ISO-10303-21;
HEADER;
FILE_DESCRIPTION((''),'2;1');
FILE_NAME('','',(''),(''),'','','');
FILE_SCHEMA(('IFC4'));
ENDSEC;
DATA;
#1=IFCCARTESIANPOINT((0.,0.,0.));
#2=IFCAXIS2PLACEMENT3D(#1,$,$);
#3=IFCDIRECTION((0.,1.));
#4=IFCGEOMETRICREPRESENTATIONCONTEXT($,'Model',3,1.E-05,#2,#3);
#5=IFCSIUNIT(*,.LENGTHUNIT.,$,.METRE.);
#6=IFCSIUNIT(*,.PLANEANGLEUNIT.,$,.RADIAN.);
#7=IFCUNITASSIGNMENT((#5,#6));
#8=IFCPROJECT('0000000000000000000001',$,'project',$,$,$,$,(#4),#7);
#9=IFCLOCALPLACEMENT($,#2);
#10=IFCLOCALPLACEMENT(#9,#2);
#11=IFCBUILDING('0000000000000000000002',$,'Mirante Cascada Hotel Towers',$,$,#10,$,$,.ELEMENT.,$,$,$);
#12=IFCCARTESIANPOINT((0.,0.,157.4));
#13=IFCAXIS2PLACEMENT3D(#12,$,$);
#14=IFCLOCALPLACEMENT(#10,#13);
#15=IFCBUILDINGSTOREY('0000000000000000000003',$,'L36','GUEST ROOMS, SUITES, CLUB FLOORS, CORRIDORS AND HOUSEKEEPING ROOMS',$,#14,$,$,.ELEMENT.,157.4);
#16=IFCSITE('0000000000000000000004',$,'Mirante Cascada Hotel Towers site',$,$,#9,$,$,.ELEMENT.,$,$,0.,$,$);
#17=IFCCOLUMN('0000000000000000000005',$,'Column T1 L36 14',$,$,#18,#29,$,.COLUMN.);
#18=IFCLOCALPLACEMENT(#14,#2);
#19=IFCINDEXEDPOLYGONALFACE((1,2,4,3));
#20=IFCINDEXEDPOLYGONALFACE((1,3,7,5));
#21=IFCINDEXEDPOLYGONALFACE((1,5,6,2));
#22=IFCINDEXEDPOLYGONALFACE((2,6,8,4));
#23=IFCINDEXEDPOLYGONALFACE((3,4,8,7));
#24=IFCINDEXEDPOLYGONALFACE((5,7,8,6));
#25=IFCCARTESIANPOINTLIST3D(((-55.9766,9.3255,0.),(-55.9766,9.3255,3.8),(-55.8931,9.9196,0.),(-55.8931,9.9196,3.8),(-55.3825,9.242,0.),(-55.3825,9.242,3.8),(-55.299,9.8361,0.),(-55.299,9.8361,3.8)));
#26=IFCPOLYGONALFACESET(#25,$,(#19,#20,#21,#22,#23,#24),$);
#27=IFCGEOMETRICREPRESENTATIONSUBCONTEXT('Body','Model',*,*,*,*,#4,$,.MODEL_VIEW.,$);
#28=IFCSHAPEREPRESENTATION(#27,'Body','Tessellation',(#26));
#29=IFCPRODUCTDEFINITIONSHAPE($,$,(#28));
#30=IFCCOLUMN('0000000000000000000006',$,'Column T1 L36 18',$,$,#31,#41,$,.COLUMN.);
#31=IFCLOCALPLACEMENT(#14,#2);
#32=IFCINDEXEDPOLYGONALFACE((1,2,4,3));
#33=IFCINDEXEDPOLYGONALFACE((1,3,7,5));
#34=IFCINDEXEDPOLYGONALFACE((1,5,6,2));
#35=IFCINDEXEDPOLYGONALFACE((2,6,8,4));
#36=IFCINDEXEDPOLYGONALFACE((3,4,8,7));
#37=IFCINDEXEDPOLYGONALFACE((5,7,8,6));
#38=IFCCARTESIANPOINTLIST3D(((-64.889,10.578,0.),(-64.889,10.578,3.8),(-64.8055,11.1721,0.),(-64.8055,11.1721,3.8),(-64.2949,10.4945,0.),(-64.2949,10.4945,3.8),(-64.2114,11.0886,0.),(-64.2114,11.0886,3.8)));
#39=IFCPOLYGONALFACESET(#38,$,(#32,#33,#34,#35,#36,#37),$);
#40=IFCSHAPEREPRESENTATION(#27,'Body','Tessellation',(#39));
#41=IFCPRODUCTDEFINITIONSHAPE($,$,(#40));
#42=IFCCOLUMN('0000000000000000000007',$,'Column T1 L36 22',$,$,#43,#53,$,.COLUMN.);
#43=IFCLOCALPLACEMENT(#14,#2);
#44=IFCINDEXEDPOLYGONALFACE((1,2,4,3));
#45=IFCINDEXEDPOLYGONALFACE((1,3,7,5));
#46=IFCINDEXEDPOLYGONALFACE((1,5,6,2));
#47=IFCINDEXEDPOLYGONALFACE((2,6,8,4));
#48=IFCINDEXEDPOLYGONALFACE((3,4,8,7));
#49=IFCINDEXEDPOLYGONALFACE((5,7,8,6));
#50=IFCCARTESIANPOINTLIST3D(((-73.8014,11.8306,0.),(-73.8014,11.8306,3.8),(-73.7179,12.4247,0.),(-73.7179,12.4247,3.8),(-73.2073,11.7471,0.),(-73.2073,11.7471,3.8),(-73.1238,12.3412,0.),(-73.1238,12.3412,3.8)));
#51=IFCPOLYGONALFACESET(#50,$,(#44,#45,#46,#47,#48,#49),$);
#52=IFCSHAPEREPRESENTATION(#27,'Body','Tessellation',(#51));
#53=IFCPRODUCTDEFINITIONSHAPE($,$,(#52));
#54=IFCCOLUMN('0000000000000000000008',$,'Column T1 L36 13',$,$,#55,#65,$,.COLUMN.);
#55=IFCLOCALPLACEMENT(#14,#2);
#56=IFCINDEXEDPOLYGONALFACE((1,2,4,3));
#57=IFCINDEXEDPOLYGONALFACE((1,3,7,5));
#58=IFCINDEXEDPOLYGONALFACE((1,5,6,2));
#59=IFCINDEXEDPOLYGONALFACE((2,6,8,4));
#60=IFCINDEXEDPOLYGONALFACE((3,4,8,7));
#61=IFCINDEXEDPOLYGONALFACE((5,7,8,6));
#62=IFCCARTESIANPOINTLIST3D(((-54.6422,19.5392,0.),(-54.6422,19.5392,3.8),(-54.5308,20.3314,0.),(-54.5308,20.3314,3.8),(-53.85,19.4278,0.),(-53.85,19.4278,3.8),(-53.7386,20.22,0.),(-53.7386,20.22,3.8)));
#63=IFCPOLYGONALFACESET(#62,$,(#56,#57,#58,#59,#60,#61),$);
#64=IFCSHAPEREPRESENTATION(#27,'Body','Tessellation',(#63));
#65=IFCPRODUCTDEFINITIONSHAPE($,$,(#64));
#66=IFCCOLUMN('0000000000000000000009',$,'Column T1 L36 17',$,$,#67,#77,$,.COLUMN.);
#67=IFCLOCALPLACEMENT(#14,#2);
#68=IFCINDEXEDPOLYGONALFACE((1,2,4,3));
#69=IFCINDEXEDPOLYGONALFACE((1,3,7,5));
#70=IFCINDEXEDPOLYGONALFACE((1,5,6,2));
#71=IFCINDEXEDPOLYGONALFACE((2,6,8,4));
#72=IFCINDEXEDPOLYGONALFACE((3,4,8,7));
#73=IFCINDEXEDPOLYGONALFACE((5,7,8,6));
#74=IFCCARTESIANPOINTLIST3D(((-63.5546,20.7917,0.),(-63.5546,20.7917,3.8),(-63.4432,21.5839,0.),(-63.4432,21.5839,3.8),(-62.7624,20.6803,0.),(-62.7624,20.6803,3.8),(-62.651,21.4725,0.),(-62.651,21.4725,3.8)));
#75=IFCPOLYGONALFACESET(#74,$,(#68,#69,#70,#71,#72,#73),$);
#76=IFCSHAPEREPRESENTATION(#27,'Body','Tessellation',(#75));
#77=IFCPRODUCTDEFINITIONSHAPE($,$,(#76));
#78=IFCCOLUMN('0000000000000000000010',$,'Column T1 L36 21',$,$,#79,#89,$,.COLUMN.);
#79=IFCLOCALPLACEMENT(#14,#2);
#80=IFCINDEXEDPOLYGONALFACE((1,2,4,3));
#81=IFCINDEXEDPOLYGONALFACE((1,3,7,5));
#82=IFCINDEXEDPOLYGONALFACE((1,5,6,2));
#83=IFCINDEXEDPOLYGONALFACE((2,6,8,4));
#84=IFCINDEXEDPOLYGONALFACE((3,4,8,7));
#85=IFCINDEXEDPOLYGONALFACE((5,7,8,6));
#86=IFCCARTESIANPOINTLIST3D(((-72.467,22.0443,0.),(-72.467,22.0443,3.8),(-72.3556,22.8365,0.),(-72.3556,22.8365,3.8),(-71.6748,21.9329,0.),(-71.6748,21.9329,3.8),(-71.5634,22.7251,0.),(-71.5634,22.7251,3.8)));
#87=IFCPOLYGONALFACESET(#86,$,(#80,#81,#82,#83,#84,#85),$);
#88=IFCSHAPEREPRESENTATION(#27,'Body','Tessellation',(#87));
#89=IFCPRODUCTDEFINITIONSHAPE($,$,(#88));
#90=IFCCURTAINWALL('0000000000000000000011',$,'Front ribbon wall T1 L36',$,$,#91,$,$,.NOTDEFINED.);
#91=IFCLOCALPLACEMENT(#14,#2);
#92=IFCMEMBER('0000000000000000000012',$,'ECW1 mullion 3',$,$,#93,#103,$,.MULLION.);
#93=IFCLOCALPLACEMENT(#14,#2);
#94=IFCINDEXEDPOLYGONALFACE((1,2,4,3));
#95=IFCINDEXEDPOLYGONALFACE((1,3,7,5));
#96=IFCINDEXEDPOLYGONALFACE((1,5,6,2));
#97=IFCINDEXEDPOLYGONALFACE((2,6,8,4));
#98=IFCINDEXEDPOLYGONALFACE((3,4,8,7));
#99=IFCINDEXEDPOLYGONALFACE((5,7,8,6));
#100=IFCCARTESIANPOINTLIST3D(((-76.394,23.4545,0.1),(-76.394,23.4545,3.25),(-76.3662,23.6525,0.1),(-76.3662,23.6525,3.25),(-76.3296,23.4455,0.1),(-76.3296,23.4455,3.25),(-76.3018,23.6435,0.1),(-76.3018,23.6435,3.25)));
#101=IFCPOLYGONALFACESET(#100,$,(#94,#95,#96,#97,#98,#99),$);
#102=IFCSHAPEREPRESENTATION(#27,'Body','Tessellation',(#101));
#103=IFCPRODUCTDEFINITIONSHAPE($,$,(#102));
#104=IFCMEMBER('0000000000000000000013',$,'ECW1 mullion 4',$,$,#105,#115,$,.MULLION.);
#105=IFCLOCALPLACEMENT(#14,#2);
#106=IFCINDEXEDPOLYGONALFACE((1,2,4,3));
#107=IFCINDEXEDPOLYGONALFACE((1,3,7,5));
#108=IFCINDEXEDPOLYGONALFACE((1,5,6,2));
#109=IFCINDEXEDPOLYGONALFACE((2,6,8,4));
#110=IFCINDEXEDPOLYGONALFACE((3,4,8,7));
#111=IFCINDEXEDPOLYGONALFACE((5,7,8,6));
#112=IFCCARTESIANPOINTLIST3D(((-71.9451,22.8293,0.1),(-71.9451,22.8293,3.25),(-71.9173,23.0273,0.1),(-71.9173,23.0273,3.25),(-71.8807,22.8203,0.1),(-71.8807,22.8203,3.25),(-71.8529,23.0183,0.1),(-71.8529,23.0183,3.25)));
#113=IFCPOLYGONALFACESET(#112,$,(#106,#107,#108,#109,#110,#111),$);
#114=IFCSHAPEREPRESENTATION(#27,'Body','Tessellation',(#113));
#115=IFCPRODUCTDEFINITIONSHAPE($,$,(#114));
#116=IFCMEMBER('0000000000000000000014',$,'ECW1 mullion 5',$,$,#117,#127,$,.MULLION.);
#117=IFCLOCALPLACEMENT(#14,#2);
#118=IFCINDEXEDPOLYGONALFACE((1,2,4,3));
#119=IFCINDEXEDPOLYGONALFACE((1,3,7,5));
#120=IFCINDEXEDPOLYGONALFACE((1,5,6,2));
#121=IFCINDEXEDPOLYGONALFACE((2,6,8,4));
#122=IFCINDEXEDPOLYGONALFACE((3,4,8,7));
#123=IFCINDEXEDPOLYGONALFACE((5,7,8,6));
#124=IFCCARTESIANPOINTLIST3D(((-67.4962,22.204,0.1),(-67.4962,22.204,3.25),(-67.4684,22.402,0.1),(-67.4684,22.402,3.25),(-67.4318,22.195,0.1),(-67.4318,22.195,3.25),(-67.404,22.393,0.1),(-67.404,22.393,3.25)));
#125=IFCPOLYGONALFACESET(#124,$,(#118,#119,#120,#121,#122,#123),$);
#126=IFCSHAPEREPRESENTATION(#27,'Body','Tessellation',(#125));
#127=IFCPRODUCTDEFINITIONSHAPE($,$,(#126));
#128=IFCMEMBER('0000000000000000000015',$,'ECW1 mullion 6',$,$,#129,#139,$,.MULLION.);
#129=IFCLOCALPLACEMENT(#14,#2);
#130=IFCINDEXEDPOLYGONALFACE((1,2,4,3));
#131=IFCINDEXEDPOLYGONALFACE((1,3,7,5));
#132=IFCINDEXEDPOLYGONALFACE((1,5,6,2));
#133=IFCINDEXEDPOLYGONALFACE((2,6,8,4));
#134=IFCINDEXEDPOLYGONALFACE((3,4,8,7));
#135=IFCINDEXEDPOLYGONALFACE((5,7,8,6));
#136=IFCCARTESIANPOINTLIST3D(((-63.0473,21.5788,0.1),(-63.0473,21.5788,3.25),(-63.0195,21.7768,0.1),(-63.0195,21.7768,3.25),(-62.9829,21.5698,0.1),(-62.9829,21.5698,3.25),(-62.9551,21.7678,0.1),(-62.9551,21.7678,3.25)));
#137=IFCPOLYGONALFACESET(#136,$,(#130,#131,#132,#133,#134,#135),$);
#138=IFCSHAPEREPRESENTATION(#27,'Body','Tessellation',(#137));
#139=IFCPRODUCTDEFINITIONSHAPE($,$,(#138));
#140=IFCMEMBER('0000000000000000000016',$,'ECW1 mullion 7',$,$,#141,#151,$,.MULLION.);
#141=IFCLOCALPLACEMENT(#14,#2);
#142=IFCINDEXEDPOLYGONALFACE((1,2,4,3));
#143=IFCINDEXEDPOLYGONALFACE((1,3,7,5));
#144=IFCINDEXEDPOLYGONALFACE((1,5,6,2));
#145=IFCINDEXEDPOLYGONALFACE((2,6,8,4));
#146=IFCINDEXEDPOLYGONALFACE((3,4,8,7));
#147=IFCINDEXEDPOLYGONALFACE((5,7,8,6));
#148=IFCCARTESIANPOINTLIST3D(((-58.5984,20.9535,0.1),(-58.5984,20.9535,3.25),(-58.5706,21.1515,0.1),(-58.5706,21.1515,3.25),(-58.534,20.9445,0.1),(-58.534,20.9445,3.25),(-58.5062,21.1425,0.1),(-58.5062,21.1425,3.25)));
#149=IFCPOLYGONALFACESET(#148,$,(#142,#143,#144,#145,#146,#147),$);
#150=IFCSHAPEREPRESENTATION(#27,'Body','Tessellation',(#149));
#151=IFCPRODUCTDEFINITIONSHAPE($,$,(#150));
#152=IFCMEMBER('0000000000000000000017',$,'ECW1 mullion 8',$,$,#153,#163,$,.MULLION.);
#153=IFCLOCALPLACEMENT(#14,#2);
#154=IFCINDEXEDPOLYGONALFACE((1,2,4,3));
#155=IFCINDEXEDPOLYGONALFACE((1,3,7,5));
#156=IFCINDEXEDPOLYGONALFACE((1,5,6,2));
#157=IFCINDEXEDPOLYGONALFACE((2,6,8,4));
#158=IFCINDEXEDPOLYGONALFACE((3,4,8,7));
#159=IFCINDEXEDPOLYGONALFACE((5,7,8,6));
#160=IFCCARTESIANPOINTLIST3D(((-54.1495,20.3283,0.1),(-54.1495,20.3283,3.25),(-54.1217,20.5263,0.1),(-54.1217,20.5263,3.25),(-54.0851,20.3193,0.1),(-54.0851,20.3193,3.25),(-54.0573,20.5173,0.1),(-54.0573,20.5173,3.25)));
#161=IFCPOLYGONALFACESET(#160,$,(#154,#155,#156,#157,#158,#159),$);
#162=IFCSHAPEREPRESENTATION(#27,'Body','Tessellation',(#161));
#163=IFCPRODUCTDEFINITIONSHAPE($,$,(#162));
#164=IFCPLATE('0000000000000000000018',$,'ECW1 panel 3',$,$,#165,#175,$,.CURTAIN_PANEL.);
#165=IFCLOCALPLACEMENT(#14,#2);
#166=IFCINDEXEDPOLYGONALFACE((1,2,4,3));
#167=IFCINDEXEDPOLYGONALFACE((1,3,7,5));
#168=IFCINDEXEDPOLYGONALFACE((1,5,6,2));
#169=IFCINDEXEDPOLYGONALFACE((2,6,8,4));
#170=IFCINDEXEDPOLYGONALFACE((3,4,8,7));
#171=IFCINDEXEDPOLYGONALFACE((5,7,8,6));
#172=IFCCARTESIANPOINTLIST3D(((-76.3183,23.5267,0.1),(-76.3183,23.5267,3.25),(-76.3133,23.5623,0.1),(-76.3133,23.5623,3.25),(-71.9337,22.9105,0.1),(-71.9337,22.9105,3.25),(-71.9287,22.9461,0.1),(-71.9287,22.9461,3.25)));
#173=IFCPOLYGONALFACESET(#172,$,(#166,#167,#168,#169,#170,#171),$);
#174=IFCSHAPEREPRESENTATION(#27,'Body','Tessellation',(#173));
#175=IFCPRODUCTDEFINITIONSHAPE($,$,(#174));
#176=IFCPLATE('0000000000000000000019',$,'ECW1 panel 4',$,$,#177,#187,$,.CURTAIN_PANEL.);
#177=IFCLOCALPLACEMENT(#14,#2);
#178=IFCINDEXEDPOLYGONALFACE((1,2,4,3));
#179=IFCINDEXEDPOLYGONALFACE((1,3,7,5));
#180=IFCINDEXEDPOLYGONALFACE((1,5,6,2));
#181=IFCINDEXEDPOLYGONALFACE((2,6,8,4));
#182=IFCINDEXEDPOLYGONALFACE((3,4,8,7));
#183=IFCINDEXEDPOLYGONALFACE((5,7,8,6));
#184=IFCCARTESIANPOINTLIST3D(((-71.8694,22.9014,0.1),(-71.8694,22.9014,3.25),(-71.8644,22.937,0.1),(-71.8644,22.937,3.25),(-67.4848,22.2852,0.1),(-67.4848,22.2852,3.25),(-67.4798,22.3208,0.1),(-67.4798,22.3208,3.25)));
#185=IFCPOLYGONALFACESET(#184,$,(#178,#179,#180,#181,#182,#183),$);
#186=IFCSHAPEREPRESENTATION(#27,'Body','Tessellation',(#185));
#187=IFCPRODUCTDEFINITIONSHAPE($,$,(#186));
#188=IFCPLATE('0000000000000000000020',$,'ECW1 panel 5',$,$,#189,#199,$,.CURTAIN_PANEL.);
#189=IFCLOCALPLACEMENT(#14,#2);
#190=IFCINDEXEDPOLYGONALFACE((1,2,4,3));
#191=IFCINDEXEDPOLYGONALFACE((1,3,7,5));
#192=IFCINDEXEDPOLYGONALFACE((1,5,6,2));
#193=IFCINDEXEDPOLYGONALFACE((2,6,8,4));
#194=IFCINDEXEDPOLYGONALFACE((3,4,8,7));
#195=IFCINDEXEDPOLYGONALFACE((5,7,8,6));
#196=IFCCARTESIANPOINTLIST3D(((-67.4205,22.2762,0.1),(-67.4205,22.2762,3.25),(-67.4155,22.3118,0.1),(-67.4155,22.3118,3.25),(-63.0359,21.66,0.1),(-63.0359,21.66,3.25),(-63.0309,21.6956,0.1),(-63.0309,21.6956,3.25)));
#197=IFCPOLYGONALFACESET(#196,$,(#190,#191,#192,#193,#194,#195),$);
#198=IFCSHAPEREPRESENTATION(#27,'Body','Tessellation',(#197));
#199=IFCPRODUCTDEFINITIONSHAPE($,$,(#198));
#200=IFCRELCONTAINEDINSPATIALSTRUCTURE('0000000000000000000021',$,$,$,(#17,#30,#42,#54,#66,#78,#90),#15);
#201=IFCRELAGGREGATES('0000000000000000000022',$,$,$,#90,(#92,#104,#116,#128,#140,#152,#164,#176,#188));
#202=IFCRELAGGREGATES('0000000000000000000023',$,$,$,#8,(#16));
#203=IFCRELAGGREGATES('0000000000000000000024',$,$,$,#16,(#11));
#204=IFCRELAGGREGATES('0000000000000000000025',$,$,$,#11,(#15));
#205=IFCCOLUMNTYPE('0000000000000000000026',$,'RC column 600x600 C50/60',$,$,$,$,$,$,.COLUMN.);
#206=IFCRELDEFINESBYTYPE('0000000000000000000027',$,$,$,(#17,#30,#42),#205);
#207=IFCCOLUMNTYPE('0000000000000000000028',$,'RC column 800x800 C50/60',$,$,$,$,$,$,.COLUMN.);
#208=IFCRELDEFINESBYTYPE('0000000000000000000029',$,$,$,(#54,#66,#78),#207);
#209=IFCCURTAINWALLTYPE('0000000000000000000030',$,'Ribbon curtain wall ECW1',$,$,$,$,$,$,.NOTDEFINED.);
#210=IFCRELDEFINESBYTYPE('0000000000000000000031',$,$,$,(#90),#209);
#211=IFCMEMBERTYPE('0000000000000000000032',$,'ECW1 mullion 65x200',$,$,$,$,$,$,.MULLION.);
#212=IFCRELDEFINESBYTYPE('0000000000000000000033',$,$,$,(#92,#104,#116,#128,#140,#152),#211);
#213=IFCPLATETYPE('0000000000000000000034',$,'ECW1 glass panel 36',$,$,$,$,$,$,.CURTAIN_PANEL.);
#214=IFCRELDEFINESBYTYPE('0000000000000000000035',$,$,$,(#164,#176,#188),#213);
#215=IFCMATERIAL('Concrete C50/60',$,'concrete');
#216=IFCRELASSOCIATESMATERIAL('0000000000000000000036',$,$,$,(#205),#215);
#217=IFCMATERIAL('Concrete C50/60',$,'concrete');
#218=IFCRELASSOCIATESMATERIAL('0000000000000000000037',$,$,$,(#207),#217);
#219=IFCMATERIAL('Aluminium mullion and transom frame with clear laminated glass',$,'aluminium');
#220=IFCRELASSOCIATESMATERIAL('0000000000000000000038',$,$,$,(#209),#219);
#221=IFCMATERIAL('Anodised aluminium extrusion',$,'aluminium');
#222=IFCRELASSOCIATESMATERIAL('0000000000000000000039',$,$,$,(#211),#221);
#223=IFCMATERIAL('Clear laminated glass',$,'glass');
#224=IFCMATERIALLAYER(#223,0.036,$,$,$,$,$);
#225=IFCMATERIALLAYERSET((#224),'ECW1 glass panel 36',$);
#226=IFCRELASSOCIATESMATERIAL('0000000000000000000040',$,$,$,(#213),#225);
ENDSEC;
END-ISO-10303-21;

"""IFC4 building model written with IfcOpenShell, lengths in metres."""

from ifc_helpers import new_model, si_unit, direction, frame, origin, origin_2d, place, context, subcontext, project, spatial, rectangle, extrude, material, layer, layer_set, material_profile, profile_set, type_object, element, aggregate, save


model = new_model("IFC4")

# Units and contexts
model_context = context("Model", 3, precision=1e-05, world=origin(), true_north=direction((0.0, 1.0)))
body_context = subcontext(model_context, "Body", "Model", "MODEL_VIEW")
ifc_project = project(units=[si_unit("LENGTHUNIT", "METRE"), si_unit("PLANEANGLEUNIT", "RADIAN")], contexts=[model_context])

# Site, building, storey
site_placement = place(None, origin())
site = spatial("IfcSite", under=ifc_project, at=site_placement, Name="Mirante Cascada Hotel Towers site", CompositionType="ELEMENT", RefElevation=0.0)
building_placement = place(site_placement, origin())
building = spatial("IfcBuilding", under=site, at=building_placement, Name="Mirante Cascada Hotel Towers", CompositionType="ELEMENT")
storey_placement = place(building_placement, frame((0.0, 0.0, 157.4)))
storey = spatial("IfcBuildingStorey", under=building, at=storey_placement, Name="L36", Description="GUEST ROOMS, SUITES, CLUB FLOORS, CORRIDORS AND HOUSEKEEPING ROOMS", CompositionType="ELEMENT", Elevation=157.4)

# Columns
ifc_material_1 = material(Name="Concrete C50/60", Category="concrete")
ifc_material_profile_1 = material_profile(ifc_material_1, rectangle(XDim=0.6, YDim=0.6, at=origin_2d()), Name="RC column 600x600 C50/60")
ifc_profile_set_1 = profile_set([ifc_material_profile_1], Name="Concrete C50/60")
column_type_1 = type_object("IfcColumnType", Name="RC column 600x600 C50/60", PredefinedType="COLUMN", material=ifc_profile_set_1)
for number, where, z_axis, x_axis, name in (
    (1, (-55.6378, 9.5808, 0.0), (0.0, 0.0, 1.0), (-0.990268, 0.139173, 0.0), "Column T1 L36 14"),
    (2, (-64.5502, 10.8333, 0.0), (0.0, 0.0, 1.0), (-0.990268, 0.139173, 0.0), "Column T1 L36 18"),
    (3, (-73.4626, 12.0859, 0.0), (0.0, 0.0, 1.0), (-0.990268, 0.139173, 0.0), "Column T1 L36 22"),
):
    element("IfcColumn", number, at=place(storey_placement, frame(where, z_axis=z_axis, x_axis=x_axis)), inside=storey, type_object=column_type_1, Name=name, PredefinedType="COLUMN", context=body_context, shape_type="SweptSolid", body=[
        extrude(rectangle(XDim=0.6, YDim=0.6, at=origin_2d()), origin(), (0.0, 0.0, 1.0), 3.8),
    ])
ifc_material_2 = material(Name="Concrete C50/60", Category="concrete")
ifc_material_profile_2 = material_profile(ifc_material_2, rectangle(XDim=0.8, YDim=0.8, at=origin_2d()), Name="RC column 800x800 C50/60")
ifc_profile_set_2 = profile_set([ifc_material_profile_2], Name="Concrete C50/60")
column_type_2 = type_object("IfcColumnType", Name="RC column 800x800 C50/60", PredefinedType="COLUMN", material=ifc_profile_set_2)
for number, where, z_axis, x_axis, name in (
    (4, (-54.1904, 19.8796, 0.0), (0.0, 0.0, 1.0), (-0.990268, 0.139173, 0.0), "Column T1 L36 13"),
    (5, (-63.1028, 21.1321, 0.0), (0.0, 0.0, 1.0), (-0.990268, 0.139173, 0.0), "Column T1 L36 17"),
    (6, (-72.0152, 22.3847, 0.0), (0.0, 0.0, 1.0), (-0.990268, 0.139173, 0.0), "Column T1 L36 21"),
):
    element("IfcColumn", number, at=place(storey_placement, frame(where, z_axis=z_axis, x_axis=x_axis)), inside=storey, type_object=column_type_2, Name=name, PredefinedType="COLUMN", context=body_context, shape_type="SweptSolid", body=[
        extrude(rectangle(XDim=0.8, YDim=0.8, at=origin_2d()), origin(), (0.0, 0.0, 1.0), 3.8),
    ])

# Curtain wall, members, plates
ifc_material_3 = material(Name="Aluminium mullion and transom frame with clear laminated glass", Category="aluminium")
curtain_wall_type = type_object("IfcCurtainWallType", Name="Ribbon curtain wall ECW1", PredefinedType="NOTDEFINED", material=ifc_material_3)
curtain_wall_placement = place(storey_placement, origin())
curtain_wall = element("IfcCurtainWall", 7, at=curtain_wall_placement, inside=storey, type_object=curtain_wall_type, Name="Front ribbon wall T1 L36", PredefinedType="NOTDEFINED")
ifc_material_4 = material(Name="Anodised aluminium extrusion", Category="aluminium")
ifc_material_profile_3 = material_profile(ifc_material_4, rectangle(XDim=0.2, YDim=0.065, at=origin_2d()), Name="ECW1 MULLION 65x200")
ifc_profile_set_3 = profile_set([ifc_material_profile_3], Name="Anodised aluminium extrusion")
member_type = type_object("IfcMemberType", Name="ECW1 mullion 65x200", PredefinedType="MULLION", material=ifc_profile_set_3)
member_1_placement = place(storey_placement, frame((-76.3479, 23.549, 0.1), z_axis=(0.0, 0.0, 1.0), x_axis=(0.139173, 0.990268, 0.0)))
member_1 = element("IfcMember", 8, at=member_1_placement, type_object=member_type, Name="ECW1 mullion 3", PredefinedType="MULLION", context=body_context, shape_type="SweptSolid", body=[
    extrude(rectangle(XDim=0.2, YDim=0.065, at=origin_2d()), origin(), (0.0, 0.0, 1.0), 3.15),
])
member_2_placement = place(storey_placement, frame((-71.899, 22.9238, 0.1), z_axis=(0.0, 0.0, 1.0), x_axis=(0.139173, 0.990268, 0.0)))
member_2 = element("IfcMember", 9, at=member_2_placement, type_object=member_type, Name="ECW1 mullion 4", PredefinedType="MULLION", context=body_context, shape_type="SweptSolid", body=[
    extrude(rectangle(XDim=0.2, YDim=0.065, at=origin_2d()), origin(), (0.0, 0.0, 1.0), 3.15),
])
member_3_placement = place(storey_placement, frame((-67.4501, 22.2985, 0.1), z_axis=(0.0, 0.0, 1.0), x_axis=(0.139173, 0.990268, 0.0)))
member_3 = element("IfcMember", 10, at=member_3_placement, type_object=member_type, Name="ECW1 mullion 5", PredefinedType="MULLION", context=body_context, shape_type="SweptSolid", body=[
    extrude(rectangle(XDim=0.2, YDim=0.065, at=origin_2d()), origin(), (0.0, 0.0, 1.0), 3.15),
])
member_4_placement = place(storey_placement, frame((-63.0012, 21.6733, 0.1), z_axis=(0.0, 0.0, 1.0), x_axis=(0.139173, 0.990268, 0.0)))
member_4 = element("IfcMember", 11, at=member_4_placement, type_object=member_type, Name="ECW1 mullion 6", PredefinedType="MULLION", context=body_context, shape_type="SweptSolid", body=[
    extrude(rectangle(XDim=0.2, YDim=0.065, at=origin_2d()), origin(), (0.0, 0.0, 1.0), 3.15),
])
member_5_placement = place(storey_placement, frame((-58.5523, 21.048, 0.1), z_axis=(0.0, 0.0, 1.0), x_axis=(0.139173, 0.990268, 0.0)))
member_5 = element("IfcMember", 12, at=member_5_placement, type_object=member_type, Name="ECW1 mullion 7", PredefinedType="MULLION", context=body_context, shape_type="SweptSolid", body=[
    extrude(rectangle(XDim=0.2, YDim=0.065, at=origin_2d()), origin(), (0.0, 0.0, 1.0), 3.15),
])
member_6_placement = place(storey_placement, frame((-54.1034, 20.4228, 0.1), z_axis=(0.0, 0.0, 1.0), x_axis=(0.139173, 0.990268, 0.0)))
member_6 = element("IfcMember", 13, at=member_6_placement, type_object=member_type, Name="ECW1 mullion 8", PredefinedType="MULLION", context=body_context, shape_type="SweptSolid", body=[
    extrude(rectangle(XDim=0.2, YDim=0.065, at=origin_2d()), origin(), (0.0, 0.0, 1.0), 3.15),
])
ifc_material_5 = material(Name="Clear laminated glass", Category="glass")
ifc_layer_1 = layer(ifc_material_5, 0.036)
ifc_layer_set_1 = layer_set([ifc_layer_1], Name="ECW1 glass panel 36")
plate_type = type_object("IfcPlateType", Name="ECW1 glass panel 36", PredefinedType="CURTAIN_PANEL", material=ifc_layer_set_1)
plate_1_placement = place(storey_placement, frame((-74.1235, 23.2364, 0.1), z_axis=(0.0, 0.0, 1.0), x_axis=(0.990268, -0.139173, 0.0)))
plate_1 = element("IfcPlate", 14, at=plate_1_placement, type_object=plate_type, Name="ECW1 panel 3", PredefinedType="CURTAIN_PANEL", context=body_context, shape_type="SweptSolid", body=[
    extrude(rectangle(XDim=4.4276, YDim=0.036, at=origin_2d()), origin(), (0.0, 0.0, 1.0), 3.15),
])
plate_2_placement = place(storey_placement, frame((-69.6746, 22.6111, 0.1), z_axis=(0.0, 0.0, 1.0), x_axis=(0.990268, -0.139173, 0.0)))
plate_2 = element("IfcPlate", 15, at=plate_2_placement, type_object=plate_type, Name="ECW1 panel 4", PredefinedType="CURTAIN_PANEL", context=body_context, shape_type="SweptSolid", body=[
    extrude(rectangle(XDim=4.4276, YDim=0.036, at=origin_2d()), origin(), (0.0, 0.0, 1.0), 3.15),
])
plate_3_placement = place(storey_placement, frame((-65.2257, 21.9859, 0.1), z_axis=(0.0, 0.0, 1.0), x_axis=(0.990268, -0.139173, 0.0)))
plate_3 = element("IfcPlate", 16, at=plate_3_placement, type_object=plate_type, Name="ECW1 panel 5", PredefinedType="CURTAIN_PANEL", context=body_context, shape_type="SweptSolid", body=[
    extrude(rectangle(XDim=4.4276, YDim=0.036, at=origin_2d()), origin(), (0.0, 0.0, 1.0), 3.15),
])
aggregate(curtain_wall, [member_1, member_2, member_3, member_4, member_5, member_6, plate_1, plate_2, plate_3])

save(model, "model.ifc")
